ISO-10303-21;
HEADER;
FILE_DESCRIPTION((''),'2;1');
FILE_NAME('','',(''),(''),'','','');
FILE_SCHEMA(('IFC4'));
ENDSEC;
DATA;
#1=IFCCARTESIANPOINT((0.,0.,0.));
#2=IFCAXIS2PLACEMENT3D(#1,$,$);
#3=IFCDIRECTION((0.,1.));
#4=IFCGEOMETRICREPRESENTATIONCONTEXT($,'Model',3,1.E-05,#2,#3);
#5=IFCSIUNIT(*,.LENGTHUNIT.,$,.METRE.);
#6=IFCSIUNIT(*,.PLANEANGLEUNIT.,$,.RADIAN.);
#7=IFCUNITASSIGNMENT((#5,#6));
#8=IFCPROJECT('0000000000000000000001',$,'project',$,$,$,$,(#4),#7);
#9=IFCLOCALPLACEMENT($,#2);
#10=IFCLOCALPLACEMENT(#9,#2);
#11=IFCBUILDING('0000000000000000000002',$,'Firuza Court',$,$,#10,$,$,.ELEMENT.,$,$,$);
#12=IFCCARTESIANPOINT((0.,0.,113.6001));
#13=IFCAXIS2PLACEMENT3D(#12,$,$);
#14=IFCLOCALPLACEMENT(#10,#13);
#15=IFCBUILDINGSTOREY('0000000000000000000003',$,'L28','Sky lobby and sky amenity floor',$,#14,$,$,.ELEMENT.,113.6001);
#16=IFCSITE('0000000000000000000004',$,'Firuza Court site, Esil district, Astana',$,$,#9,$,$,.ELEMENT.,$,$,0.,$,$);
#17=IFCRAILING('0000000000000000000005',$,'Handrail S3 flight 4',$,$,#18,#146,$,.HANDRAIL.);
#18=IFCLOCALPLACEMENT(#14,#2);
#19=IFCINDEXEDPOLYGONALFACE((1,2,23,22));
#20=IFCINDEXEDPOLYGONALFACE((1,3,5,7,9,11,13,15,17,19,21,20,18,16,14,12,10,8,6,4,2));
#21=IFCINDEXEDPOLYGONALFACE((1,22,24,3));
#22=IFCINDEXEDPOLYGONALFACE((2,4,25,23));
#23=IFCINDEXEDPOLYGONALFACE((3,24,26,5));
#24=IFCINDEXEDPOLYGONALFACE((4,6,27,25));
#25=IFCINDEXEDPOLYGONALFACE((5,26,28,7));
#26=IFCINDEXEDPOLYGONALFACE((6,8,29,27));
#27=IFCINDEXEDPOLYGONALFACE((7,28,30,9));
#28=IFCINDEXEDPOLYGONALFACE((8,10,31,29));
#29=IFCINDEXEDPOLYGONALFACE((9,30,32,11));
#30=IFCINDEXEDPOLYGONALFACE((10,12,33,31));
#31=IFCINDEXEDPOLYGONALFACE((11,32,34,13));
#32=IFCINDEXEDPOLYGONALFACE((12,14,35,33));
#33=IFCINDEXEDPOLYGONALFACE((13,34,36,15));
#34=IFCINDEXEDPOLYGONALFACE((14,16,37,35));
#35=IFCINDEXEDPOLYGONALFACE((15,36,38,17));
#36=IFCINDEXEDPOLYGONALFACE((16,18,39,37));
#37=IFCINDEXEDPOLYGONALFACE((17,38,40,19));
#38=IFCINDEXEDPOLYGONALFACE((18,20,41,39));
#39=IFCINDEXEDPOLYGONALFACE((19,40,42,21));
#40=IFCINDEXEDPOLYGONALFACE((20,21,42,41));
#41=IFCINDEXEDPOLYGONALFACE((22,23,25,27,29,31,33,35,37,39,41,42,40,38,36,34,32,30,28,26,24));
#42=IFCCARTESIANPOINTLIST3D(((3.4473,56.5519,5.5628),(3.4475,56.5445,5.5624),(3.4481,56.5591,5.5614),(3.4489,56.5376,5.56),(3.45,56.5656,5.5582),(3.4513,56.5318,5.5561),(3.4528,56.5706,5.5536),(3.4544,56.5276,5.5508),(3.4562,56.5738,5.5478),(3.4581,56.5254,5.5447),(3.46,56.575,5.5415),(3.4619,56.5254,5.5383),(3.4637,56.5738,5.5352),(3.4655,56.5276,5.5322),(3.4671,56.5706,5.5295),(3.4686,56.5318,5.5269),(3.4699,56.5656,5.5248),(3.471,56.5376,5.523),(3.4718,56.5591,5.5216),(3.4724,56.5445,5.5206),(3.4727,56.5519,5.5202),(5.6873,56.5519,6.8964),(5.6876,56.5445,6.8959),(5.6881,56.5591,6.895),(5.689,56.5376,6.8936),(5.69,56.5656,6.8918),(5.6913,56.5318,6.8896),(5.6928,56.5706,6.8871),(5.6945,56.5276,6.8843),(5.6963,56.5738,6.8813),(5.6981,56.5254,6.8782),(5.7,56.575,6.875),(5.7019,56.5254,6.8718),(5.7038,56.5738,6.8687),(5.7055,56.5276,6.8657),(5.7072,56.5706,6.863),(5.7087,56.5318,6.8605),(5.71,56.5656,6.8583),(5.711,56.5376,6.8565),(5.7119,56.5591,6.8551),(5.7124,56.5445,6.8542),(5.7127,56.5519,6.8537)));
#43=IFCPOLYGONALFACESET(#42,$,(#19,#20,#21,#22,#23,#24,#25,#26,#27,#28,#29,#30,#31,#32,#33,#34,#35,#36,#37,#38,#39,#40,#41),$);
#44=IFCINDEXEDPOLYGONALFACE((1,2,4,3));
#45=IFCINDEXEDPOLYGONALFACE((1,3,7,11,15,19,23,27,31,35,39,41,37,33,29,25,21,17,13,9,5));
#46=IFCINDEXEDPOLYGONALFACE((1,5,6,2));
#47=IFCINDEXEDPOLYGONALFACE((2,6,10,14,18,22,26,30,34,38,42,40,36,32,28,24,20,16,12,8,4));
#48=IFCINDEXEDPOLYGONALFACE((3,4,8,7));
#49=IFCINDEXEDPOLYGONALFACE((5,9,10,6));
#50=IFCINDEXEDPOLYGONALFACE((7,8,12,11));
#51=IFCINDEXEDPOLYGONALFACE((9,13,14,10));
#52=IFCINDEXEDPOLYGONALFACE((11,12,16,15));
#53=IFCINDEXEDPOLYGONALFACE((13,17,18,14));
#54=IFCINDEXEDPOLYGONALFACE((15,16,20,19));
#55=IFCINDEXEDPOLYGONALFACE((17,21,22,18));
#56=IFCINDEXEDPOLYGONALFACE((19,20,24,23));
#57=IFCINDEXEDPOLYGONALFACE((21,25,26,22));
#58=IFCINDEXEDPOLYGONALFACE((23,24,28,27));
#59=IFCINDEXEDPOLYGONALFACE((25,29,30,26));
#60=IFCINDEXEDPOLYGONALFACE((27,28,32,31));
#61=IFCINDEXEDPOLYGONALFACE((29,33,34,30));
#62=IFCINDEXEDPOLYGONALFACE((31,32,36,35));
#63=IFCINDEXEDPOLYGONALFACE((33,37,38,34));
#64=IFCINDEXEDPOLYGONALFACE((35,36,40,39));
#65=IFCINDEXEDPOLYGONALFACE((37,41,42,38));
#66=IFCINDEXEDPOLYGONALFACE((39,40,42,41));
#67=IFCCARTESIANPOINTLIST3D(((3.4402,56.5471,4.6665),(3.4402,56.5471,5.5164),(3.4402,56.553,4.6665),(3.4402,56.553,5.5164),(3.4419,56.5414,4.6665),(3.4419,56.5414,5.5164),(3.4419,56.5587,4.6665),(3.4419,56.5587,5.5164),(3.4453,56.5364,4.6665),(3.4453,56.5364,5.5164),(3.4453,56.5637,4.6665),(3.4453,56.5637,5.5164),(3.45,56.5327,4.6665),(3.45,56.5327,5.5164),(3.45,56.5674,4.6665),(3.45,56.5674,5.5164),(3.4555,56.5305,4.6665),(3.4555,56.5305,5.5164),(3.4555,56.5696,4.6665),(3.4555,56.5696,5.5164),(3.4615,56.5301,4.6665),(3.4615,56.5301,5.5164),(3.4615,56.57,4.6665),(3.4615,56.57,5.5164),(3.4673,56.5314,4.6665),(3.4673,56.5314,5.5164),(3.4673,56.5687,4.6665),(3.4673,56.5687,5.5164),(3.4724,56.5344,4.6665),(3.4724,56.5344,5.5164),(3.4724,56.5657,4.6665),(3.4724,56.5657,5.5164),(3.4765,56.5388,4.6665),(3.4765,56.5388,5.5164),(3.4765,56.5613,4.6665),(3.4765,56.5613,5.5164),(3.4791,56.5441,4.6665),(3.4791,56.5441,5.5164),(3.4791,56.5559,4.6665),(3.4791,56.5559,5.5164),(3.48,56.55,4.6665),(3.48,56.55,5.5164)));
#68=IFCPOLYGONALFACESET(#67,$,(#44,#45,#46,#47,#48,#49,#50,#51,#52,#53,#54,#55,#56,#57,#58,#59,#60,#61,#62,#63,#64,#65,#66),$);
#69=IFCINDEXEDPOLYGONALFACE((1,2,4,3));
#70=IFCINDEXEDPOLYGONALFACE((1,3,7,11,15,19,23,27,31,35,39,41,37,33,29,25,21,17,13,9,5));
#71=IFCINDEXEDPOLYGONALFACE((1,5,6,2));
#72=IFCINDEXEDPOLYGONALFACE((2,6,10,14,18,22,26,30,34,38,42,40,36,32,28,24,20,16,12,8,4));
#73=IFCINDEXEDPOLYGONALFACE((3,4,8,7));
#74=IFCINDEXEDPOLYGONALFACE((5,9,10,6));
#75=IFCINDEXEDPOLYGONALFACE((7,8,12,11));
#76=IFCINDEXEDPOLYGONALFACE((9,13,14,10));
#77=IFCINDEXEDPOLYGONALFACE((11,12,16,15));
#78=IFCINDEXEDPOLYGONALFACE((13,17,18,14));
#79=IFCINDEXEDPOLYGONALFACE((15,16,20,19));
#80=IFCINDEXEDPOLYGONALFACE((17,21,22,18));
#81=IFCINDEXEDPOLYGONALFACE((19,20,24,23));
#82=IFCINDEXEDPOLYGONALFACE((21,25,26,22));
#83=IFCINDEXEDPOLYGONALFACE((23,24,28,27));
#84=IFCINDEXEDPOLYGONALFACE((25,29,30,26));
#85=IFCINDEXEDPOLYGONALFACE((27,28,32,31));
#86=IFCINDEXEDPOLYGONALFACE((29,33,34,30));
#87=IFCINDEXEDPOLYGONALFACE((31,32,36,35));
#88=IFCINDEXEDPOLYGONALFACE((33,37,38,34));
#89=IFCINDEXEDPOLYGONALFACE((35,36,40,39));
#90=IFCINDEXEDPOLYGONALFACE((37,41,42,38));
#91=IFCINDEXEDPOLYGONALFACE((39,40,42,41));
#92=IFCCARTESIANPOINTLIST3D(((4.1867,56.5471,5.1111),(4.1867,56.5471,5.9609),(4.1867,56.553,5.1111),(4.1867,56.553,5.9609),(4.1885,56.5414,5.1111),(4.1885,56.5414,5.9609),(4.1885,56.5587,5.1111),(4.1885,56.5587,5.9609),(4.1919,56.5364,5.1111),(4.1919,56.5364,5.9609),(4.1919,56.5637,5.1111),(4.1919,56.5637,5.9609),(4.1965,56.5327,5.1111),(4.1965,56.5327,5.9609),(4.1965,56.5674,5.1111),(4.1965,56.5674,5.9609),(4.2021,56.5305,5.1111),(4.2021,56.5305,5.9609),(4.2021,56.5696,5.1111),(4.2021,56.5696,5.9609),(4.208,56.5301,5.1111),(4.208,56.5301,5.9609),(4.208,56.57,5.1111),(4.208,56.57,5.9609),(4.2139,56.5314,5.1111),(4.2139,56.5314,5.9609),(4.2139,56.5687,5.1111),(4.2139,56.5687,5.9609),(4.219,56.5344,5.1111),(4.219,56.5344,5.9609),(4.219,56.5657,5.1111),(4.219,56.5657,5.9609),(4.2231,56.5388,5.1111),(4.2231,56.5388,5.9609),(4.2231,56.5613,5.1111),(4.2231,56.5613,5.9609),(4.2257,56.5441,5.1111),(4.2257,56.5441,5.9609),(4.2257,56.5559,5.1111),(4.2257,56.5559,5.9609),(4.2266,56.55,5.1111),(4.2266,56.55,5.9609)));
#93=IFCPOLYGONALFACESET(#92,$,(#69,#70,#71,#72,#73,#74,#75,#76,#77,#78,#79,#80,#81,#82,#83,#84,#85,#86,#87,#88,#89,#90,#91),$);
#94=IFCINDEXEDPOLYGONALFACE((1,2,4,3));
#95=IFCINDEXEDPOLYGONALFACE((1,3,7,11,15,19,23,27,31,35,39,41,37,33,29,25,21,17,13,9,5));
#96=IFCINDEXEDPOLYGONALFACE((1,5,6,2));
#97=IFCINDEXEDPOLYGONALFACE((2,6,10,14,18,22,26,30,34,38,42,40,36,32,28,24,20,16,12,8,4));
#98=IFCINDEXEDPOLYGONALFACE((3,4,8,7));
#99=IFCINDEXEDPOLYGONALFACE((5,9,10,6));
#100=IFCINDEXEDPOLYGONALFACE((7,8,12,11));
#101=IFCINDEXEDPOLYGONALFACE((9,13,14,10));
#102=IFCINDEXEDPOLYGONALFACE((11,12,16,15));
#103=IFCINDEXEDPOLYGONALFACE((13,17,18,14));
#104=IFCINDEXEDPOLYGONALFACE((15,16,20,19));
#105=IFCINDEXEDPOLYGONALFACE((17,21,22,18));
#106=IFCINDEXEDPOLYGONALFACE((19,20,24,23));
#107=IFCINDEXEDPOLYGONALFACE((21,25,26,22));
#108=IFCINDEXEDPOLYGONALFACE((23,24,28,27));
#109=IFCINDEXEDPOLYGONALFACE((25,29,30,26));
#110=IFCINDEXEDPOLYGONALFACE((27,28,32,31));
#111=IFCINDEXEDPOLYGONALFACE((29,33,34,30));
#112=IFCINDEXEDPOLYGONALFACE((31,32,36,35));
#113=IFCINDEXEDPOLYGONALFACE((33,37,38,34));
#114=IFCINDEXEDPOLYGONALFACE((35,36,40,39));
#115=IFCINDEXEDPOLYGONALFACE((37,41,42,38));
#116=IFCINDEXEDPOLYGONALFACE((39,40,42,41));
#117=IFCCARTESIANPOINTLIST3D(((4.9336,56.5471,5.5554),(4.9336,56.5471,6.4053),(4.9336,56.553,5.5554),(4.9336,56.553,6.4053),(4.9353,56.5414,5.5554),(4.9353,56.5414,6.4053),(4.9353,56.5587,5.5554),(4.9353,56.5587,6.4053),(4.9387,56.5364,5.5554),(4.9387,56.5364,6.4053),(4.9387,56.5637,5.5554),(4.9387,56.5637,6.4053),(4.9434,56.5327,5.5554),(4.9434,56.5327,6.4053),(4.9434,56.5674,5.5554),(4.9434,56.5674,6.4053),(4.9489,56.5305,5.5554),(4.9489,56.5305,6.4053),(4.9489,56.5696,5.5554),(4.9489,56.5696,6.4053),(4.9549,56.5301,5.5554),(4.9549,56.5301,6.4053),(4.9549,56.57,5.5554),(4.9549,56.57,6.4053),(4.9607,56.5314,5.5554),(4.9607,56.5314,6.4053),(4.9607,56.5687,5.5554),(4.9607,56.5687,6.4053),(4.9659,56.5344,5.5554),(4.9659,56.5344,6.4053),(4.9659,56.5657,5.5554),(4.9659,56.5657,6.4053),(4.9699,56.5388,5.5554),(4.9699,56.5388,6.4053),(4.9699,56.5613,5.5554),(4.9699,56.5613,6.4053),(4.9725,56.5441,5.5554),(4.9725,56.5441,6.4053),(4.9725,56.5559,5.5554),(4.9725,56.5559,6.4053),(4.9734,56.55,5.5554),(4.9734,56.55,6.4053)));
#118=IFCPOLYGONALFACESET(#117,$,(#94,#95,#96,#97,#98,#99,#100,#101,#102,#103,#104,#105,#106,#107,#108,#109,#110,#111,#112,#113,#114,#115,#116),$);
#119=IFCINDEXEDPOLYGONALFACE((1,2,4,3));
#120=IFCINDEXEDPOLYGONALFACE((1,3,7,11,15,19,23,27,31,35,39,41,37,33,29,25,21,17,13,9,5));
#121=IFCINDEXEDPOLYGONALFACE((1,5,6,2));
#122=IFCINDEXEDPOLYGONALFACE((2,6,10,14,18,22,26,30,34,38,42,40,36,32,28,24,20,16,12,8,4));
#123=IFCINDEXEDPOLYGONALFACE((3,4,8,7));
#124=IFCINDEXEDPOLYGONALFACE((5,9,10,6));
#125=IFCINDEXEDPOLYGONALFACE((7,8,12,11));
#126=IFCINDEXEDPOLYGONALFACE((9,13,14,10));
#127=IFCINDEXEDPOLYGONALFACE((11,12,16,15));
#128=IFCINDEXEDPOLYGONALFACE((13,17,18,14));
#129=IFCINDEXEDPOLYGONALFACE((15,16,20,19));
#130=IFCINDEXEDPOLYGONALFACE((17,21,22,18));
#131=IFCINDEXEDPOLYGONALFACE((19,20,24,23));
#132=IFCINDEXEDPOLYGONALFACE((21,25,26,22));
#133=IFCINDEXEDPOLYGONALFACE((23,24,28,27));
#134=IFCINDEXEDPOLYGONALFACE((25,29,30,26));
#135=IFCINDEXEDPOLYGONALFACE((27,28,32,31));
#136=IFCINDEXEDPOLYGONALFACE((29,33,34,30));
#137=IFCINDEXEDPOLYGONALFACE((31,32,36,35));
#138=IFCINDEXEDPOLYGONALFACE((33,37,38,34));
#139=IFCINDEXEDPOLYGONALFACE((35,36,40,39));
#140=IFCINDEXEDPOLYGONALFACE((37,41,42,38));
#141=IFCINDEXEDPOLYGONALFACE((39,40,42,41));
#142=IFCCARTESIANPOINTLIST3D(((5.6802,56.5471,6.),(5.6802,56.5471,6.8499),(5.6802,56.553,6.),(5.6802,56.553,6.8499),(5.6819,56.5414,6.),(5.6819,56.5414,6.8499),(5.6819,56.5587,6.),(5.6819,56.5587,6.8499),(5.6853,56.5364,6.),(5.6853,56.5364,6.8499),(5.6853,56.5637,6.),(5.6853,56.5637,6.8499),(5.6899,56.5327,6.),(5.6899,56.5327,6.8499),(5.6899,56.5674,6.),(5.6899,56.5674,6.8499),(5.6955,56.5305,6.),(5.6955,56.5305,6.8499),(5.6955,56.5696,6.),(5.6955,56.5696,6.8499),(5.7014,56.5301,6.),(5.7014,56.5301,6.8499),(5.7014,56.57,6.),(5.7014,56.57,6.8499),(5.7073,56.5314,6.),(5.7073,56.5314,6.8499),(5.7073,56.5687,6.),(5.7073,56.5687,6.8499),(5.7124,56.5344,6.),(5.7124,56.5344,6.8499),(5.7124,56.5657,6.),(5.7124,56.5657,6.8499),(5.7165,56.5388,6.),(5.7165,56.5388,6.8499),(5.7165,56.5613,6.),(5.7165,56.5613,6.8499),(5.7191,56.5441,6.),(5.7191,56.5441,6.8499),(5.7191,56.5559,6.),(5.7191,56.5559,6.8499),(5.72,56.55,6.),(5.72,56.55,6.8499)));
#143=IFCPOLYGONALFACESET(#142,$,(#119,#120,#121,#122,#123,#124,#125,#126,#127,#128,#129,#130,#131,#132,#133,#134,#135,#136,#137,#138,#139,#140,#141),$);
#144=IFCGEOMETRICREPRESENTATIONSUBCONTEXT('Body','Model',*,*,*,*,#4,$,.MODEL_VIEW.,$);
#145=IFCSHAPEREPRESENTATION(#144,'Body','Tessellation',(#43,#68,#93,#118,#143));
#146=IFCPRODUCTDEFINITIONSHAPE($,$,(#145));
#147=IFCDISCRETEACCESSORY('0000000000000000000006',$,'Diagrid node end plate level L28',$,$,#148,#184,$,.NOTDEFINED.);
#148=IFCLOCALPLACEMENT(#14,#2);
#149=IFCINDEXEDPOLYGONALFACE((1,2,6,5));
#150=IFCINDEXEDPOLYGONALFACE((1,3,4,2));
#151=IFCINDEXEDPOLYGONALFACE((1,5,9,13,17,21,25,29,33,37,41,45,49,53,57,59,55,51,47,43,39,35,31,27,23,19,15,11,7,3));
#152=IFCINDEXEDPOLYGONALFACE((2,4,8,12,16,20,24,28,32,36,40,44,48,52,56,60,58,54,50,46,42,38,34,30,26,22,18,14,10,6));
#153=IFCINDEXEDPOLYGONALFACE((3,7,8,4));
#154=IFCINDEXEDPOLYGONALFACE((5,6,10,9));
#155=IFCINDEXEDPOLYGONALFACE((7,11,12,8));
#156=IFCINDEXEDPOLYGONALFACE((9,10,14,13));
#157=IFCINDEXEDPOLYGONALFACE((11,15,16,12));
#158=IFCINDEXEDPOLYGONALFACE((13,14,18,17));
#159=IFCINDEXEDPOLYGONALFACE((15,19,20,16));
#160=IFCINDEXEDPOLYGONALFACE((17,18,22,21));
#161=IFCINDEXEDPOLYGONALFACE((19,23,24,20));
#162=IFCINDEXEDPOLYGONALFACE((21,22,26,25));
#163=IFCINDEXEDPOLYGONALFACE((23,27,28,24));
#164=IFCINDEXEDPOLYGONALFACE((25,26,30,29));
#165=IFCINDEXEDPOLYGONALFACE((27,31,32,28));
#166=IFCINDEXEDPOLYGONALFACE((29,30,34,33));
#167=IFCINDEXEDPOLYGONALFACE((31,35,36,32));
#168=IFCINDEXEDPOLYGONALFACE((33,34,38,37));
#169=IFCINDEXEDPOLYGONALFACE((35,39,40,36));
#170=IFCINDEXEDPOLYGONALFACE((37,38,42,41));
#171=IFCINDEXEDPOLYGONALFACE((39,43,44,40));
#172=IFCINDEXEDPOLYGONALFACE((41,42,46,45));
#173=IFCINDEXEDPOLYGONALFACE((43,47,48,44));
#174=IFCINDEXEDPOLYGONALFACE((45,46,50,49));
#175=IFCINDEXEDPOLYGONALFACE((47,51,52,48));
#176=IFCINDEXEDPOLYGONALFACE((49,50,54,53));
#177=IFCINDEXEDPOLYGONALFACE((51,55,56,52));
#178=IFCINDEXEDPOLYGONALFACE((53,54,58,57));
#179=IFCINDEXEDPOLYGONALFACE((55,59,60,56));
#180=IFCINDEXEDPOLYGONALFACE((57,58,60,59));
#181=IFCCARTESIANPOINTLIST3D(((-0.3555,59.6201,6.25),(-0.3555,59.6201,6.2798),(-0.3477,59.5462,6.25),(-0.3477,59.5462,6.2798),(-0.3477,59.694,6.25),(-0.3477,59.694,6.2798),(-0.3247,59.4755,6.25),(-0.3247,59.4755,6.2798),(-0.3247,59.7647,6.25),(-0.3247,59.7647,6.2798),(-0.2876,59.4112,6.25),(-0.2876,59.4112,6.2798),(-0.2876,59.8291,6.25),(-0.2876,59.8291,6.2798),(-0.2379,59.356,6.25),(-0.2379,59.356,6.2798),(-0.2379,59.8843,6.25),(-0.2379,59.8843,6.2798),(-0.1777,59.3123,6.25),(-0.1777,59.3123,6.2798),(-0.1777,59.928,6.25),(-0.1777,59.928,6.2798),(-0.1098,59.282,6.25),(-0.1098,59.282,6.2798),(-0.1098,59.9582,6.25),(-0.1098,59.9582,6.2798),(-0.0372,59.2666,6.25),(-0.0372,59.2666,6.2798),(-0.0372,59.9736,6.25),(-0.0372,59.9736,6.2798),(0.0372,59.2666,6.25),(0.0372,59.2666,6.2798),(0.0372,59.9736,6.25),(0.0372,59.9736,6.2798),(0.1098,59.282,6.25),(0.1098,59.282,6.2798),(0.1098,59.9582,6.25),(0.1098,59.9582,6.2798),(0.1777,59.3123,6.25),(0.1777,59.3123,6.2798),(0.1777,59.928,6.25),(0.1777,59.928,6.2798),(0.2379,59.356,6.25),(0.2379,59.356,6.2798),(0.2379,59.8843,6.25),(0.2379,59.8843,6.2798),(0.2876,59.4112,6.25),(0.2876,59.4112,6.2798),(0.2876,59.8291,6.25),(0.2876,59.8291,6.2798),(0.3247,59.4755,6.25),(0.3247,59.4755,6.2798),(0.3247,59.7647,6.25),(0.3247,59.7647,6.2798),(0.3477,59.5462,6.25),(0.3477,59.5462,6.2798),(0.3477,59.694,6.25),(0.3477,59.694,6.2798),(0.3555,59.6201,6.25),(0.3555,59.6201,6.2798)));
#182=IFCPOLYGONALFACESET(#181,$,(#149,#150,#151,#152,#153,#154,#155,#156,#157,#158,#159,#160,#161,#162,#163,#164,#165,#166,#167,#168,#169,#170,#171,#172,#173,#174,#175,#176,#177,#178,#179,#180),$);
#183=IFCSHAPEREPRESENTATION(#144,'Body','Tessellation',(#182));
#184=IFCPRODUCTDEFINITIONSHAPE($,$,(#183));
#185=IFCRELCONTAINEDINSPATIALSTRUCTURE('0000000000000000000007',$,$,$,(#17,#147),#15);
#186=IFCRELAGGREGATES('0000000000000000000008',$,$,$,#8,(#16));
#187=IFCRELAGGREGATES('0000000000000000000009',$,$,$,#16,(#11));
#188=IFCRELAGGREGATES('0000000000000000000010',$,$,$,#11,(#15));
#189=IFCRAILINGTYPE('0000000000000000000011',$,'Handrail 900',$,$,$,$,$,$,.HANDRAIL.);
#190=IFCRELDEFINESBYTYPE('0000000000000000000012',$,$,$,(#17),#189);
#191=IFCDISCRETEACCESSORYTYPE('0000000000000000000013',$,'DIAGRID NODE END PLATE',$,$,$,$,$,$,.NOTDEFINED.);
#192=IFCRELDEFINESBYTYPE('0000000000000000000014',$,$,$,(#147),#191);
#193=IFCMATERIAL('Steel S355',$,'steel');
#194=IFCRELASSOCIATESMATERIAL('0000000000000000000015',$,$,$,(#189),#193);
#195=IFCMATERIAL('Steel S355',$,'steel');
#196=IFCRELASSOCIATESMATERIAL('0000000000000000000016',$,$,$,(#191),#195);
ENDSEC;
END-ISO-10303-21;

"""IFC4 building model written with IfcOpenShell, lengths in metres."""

from ifc_helpers import new_model, si_unit, direction, frame, origin, origin_2d, place, context, subcontext, project, spatial, circle, extrude, material, material_profile, profile_set, type_object, element, save


model = new_model("IFC4")

# Units and contexts
model_context = context("Model", 3, precision=1e-05, world=origin(), true_north=direction((0.0, 1.0)))
body_context = subcontext(model_context, "Body", "Model", "MODEL_VIEW")
ifc_project = project(units=[si_unit("LENGTHUNIT", "METRE"), si_unit("PLANEANGLEUNIT", "RADIAN")], contexts=[model_context])

# Site, building, storey
site_placement = place(None, origin())
site = spatial("IfcSite", under=ifc_project, at=site_placement, Name="Firuza Court site, Esil district, Astana", CompositionType="ELEMENT", RefElevation=0.0)
building_placement = place(site_placement, origin())
building = spatial("IfcBuilding", under=site, at=building_placement, Name="Firuza Court", CompositionType="ELEMENT")
storey_placement = place(building_placement, frame((0.0, 0.0, 113.6001)))
storey = spatial("IfcBuildingStorey", under=building, at=storey_placement, Name="L28", Description="Sky lobby and sky amenity floor", CompositionType="ELEMENT", Elevation=113.6001)

# Railing
ifc_material_1 = material(Name="Steel S355", Category="steel")
railing_type = type_object("IfcRailingType", Name="Handrail 900", PredefinedType="HANDRAIL", material=ifc_material_1)
for number, where, name in (
    (1, (3.46, 56.55, 4.6665), "Handrail S3 flight 4"),
):
    element("IfcRailing", number, at=place(storey_placement, frame(where)), inside=storey, type_object=railing_type, Name=name, PredefinedType="HANDRAIL", context=body_context, shape_type="SweptSolid", body=[
        extrude(circle(Radius=0.0249, at=origin_2d()), frame((0.0, 0.0, 0.875), z_axis=(0.859264, 0.0, 0.511532), x_axis=(0.0, 1.0, 0.0)), (0.0, 0.0, 1.0), 2.6069),
        extrude(circle(Radius=0.02, at=origin_2d()), origin(), (0.0, 0.0, 1.0), 0.8499),
        extrude(circle(Radius=0.02, at=origin_2d()), frame((0.7466, 0.0, 0.4446)), (0.0, 0.0, 1.0), 0.8499),
        extrude(circle(Radius=0.02, at=origin_2d()), frame((1.4934, 0.0, 0.8889)), (0.0, 0.0, 1.0), 0.8499),
        extrude(circle(Radius=0.02, at=origin_2d()), frame((2.24, 0.0, 1.3335)), (0.0, 0.0, 1.0), 0.8499),
    ])

# Discrete accessory
ifc_material_2 = material(Name="Steel S355", Category="steel")
ifc_material_profile_1 = material_profile(ifc_material_2, circle(Radius=0.3555, at=origin_2d()), Name="PL D711")
ifc_profile_set_1 = profile_set([ifc_material_profile_1], Name="Steel S355")
discrete_accessory_type = type_object("IfcDiscreteAccessoryType", Name="DIAGRID NODE END PLATE", PredefinedType="NOTDEFINED", material=ifc_profile_set_1)
discrete_accessory_1_placement = place(storey_placement, frame((0.0, 59.6201, 6.25), z_axis=(0.0, 0.0, 1.0), x_axis=(1.0, 0.0, 0.0)))
element("IfcDiscreteAccessory", 2, at=discrete_accessory_1_placement, inside=storey, type_object=discrete_accessory_type, Name="Diagrid node end plate level L28", PredefinedType="NOTDEFINED", context=body_context, shape_type="SweptSolid", body=[
    extrude(circle(Radius=0.3555, at=origin_2d()), origin(), (0.0, 0.0, 1.0), 0.0298),
])

save(model, "model.ifc")
